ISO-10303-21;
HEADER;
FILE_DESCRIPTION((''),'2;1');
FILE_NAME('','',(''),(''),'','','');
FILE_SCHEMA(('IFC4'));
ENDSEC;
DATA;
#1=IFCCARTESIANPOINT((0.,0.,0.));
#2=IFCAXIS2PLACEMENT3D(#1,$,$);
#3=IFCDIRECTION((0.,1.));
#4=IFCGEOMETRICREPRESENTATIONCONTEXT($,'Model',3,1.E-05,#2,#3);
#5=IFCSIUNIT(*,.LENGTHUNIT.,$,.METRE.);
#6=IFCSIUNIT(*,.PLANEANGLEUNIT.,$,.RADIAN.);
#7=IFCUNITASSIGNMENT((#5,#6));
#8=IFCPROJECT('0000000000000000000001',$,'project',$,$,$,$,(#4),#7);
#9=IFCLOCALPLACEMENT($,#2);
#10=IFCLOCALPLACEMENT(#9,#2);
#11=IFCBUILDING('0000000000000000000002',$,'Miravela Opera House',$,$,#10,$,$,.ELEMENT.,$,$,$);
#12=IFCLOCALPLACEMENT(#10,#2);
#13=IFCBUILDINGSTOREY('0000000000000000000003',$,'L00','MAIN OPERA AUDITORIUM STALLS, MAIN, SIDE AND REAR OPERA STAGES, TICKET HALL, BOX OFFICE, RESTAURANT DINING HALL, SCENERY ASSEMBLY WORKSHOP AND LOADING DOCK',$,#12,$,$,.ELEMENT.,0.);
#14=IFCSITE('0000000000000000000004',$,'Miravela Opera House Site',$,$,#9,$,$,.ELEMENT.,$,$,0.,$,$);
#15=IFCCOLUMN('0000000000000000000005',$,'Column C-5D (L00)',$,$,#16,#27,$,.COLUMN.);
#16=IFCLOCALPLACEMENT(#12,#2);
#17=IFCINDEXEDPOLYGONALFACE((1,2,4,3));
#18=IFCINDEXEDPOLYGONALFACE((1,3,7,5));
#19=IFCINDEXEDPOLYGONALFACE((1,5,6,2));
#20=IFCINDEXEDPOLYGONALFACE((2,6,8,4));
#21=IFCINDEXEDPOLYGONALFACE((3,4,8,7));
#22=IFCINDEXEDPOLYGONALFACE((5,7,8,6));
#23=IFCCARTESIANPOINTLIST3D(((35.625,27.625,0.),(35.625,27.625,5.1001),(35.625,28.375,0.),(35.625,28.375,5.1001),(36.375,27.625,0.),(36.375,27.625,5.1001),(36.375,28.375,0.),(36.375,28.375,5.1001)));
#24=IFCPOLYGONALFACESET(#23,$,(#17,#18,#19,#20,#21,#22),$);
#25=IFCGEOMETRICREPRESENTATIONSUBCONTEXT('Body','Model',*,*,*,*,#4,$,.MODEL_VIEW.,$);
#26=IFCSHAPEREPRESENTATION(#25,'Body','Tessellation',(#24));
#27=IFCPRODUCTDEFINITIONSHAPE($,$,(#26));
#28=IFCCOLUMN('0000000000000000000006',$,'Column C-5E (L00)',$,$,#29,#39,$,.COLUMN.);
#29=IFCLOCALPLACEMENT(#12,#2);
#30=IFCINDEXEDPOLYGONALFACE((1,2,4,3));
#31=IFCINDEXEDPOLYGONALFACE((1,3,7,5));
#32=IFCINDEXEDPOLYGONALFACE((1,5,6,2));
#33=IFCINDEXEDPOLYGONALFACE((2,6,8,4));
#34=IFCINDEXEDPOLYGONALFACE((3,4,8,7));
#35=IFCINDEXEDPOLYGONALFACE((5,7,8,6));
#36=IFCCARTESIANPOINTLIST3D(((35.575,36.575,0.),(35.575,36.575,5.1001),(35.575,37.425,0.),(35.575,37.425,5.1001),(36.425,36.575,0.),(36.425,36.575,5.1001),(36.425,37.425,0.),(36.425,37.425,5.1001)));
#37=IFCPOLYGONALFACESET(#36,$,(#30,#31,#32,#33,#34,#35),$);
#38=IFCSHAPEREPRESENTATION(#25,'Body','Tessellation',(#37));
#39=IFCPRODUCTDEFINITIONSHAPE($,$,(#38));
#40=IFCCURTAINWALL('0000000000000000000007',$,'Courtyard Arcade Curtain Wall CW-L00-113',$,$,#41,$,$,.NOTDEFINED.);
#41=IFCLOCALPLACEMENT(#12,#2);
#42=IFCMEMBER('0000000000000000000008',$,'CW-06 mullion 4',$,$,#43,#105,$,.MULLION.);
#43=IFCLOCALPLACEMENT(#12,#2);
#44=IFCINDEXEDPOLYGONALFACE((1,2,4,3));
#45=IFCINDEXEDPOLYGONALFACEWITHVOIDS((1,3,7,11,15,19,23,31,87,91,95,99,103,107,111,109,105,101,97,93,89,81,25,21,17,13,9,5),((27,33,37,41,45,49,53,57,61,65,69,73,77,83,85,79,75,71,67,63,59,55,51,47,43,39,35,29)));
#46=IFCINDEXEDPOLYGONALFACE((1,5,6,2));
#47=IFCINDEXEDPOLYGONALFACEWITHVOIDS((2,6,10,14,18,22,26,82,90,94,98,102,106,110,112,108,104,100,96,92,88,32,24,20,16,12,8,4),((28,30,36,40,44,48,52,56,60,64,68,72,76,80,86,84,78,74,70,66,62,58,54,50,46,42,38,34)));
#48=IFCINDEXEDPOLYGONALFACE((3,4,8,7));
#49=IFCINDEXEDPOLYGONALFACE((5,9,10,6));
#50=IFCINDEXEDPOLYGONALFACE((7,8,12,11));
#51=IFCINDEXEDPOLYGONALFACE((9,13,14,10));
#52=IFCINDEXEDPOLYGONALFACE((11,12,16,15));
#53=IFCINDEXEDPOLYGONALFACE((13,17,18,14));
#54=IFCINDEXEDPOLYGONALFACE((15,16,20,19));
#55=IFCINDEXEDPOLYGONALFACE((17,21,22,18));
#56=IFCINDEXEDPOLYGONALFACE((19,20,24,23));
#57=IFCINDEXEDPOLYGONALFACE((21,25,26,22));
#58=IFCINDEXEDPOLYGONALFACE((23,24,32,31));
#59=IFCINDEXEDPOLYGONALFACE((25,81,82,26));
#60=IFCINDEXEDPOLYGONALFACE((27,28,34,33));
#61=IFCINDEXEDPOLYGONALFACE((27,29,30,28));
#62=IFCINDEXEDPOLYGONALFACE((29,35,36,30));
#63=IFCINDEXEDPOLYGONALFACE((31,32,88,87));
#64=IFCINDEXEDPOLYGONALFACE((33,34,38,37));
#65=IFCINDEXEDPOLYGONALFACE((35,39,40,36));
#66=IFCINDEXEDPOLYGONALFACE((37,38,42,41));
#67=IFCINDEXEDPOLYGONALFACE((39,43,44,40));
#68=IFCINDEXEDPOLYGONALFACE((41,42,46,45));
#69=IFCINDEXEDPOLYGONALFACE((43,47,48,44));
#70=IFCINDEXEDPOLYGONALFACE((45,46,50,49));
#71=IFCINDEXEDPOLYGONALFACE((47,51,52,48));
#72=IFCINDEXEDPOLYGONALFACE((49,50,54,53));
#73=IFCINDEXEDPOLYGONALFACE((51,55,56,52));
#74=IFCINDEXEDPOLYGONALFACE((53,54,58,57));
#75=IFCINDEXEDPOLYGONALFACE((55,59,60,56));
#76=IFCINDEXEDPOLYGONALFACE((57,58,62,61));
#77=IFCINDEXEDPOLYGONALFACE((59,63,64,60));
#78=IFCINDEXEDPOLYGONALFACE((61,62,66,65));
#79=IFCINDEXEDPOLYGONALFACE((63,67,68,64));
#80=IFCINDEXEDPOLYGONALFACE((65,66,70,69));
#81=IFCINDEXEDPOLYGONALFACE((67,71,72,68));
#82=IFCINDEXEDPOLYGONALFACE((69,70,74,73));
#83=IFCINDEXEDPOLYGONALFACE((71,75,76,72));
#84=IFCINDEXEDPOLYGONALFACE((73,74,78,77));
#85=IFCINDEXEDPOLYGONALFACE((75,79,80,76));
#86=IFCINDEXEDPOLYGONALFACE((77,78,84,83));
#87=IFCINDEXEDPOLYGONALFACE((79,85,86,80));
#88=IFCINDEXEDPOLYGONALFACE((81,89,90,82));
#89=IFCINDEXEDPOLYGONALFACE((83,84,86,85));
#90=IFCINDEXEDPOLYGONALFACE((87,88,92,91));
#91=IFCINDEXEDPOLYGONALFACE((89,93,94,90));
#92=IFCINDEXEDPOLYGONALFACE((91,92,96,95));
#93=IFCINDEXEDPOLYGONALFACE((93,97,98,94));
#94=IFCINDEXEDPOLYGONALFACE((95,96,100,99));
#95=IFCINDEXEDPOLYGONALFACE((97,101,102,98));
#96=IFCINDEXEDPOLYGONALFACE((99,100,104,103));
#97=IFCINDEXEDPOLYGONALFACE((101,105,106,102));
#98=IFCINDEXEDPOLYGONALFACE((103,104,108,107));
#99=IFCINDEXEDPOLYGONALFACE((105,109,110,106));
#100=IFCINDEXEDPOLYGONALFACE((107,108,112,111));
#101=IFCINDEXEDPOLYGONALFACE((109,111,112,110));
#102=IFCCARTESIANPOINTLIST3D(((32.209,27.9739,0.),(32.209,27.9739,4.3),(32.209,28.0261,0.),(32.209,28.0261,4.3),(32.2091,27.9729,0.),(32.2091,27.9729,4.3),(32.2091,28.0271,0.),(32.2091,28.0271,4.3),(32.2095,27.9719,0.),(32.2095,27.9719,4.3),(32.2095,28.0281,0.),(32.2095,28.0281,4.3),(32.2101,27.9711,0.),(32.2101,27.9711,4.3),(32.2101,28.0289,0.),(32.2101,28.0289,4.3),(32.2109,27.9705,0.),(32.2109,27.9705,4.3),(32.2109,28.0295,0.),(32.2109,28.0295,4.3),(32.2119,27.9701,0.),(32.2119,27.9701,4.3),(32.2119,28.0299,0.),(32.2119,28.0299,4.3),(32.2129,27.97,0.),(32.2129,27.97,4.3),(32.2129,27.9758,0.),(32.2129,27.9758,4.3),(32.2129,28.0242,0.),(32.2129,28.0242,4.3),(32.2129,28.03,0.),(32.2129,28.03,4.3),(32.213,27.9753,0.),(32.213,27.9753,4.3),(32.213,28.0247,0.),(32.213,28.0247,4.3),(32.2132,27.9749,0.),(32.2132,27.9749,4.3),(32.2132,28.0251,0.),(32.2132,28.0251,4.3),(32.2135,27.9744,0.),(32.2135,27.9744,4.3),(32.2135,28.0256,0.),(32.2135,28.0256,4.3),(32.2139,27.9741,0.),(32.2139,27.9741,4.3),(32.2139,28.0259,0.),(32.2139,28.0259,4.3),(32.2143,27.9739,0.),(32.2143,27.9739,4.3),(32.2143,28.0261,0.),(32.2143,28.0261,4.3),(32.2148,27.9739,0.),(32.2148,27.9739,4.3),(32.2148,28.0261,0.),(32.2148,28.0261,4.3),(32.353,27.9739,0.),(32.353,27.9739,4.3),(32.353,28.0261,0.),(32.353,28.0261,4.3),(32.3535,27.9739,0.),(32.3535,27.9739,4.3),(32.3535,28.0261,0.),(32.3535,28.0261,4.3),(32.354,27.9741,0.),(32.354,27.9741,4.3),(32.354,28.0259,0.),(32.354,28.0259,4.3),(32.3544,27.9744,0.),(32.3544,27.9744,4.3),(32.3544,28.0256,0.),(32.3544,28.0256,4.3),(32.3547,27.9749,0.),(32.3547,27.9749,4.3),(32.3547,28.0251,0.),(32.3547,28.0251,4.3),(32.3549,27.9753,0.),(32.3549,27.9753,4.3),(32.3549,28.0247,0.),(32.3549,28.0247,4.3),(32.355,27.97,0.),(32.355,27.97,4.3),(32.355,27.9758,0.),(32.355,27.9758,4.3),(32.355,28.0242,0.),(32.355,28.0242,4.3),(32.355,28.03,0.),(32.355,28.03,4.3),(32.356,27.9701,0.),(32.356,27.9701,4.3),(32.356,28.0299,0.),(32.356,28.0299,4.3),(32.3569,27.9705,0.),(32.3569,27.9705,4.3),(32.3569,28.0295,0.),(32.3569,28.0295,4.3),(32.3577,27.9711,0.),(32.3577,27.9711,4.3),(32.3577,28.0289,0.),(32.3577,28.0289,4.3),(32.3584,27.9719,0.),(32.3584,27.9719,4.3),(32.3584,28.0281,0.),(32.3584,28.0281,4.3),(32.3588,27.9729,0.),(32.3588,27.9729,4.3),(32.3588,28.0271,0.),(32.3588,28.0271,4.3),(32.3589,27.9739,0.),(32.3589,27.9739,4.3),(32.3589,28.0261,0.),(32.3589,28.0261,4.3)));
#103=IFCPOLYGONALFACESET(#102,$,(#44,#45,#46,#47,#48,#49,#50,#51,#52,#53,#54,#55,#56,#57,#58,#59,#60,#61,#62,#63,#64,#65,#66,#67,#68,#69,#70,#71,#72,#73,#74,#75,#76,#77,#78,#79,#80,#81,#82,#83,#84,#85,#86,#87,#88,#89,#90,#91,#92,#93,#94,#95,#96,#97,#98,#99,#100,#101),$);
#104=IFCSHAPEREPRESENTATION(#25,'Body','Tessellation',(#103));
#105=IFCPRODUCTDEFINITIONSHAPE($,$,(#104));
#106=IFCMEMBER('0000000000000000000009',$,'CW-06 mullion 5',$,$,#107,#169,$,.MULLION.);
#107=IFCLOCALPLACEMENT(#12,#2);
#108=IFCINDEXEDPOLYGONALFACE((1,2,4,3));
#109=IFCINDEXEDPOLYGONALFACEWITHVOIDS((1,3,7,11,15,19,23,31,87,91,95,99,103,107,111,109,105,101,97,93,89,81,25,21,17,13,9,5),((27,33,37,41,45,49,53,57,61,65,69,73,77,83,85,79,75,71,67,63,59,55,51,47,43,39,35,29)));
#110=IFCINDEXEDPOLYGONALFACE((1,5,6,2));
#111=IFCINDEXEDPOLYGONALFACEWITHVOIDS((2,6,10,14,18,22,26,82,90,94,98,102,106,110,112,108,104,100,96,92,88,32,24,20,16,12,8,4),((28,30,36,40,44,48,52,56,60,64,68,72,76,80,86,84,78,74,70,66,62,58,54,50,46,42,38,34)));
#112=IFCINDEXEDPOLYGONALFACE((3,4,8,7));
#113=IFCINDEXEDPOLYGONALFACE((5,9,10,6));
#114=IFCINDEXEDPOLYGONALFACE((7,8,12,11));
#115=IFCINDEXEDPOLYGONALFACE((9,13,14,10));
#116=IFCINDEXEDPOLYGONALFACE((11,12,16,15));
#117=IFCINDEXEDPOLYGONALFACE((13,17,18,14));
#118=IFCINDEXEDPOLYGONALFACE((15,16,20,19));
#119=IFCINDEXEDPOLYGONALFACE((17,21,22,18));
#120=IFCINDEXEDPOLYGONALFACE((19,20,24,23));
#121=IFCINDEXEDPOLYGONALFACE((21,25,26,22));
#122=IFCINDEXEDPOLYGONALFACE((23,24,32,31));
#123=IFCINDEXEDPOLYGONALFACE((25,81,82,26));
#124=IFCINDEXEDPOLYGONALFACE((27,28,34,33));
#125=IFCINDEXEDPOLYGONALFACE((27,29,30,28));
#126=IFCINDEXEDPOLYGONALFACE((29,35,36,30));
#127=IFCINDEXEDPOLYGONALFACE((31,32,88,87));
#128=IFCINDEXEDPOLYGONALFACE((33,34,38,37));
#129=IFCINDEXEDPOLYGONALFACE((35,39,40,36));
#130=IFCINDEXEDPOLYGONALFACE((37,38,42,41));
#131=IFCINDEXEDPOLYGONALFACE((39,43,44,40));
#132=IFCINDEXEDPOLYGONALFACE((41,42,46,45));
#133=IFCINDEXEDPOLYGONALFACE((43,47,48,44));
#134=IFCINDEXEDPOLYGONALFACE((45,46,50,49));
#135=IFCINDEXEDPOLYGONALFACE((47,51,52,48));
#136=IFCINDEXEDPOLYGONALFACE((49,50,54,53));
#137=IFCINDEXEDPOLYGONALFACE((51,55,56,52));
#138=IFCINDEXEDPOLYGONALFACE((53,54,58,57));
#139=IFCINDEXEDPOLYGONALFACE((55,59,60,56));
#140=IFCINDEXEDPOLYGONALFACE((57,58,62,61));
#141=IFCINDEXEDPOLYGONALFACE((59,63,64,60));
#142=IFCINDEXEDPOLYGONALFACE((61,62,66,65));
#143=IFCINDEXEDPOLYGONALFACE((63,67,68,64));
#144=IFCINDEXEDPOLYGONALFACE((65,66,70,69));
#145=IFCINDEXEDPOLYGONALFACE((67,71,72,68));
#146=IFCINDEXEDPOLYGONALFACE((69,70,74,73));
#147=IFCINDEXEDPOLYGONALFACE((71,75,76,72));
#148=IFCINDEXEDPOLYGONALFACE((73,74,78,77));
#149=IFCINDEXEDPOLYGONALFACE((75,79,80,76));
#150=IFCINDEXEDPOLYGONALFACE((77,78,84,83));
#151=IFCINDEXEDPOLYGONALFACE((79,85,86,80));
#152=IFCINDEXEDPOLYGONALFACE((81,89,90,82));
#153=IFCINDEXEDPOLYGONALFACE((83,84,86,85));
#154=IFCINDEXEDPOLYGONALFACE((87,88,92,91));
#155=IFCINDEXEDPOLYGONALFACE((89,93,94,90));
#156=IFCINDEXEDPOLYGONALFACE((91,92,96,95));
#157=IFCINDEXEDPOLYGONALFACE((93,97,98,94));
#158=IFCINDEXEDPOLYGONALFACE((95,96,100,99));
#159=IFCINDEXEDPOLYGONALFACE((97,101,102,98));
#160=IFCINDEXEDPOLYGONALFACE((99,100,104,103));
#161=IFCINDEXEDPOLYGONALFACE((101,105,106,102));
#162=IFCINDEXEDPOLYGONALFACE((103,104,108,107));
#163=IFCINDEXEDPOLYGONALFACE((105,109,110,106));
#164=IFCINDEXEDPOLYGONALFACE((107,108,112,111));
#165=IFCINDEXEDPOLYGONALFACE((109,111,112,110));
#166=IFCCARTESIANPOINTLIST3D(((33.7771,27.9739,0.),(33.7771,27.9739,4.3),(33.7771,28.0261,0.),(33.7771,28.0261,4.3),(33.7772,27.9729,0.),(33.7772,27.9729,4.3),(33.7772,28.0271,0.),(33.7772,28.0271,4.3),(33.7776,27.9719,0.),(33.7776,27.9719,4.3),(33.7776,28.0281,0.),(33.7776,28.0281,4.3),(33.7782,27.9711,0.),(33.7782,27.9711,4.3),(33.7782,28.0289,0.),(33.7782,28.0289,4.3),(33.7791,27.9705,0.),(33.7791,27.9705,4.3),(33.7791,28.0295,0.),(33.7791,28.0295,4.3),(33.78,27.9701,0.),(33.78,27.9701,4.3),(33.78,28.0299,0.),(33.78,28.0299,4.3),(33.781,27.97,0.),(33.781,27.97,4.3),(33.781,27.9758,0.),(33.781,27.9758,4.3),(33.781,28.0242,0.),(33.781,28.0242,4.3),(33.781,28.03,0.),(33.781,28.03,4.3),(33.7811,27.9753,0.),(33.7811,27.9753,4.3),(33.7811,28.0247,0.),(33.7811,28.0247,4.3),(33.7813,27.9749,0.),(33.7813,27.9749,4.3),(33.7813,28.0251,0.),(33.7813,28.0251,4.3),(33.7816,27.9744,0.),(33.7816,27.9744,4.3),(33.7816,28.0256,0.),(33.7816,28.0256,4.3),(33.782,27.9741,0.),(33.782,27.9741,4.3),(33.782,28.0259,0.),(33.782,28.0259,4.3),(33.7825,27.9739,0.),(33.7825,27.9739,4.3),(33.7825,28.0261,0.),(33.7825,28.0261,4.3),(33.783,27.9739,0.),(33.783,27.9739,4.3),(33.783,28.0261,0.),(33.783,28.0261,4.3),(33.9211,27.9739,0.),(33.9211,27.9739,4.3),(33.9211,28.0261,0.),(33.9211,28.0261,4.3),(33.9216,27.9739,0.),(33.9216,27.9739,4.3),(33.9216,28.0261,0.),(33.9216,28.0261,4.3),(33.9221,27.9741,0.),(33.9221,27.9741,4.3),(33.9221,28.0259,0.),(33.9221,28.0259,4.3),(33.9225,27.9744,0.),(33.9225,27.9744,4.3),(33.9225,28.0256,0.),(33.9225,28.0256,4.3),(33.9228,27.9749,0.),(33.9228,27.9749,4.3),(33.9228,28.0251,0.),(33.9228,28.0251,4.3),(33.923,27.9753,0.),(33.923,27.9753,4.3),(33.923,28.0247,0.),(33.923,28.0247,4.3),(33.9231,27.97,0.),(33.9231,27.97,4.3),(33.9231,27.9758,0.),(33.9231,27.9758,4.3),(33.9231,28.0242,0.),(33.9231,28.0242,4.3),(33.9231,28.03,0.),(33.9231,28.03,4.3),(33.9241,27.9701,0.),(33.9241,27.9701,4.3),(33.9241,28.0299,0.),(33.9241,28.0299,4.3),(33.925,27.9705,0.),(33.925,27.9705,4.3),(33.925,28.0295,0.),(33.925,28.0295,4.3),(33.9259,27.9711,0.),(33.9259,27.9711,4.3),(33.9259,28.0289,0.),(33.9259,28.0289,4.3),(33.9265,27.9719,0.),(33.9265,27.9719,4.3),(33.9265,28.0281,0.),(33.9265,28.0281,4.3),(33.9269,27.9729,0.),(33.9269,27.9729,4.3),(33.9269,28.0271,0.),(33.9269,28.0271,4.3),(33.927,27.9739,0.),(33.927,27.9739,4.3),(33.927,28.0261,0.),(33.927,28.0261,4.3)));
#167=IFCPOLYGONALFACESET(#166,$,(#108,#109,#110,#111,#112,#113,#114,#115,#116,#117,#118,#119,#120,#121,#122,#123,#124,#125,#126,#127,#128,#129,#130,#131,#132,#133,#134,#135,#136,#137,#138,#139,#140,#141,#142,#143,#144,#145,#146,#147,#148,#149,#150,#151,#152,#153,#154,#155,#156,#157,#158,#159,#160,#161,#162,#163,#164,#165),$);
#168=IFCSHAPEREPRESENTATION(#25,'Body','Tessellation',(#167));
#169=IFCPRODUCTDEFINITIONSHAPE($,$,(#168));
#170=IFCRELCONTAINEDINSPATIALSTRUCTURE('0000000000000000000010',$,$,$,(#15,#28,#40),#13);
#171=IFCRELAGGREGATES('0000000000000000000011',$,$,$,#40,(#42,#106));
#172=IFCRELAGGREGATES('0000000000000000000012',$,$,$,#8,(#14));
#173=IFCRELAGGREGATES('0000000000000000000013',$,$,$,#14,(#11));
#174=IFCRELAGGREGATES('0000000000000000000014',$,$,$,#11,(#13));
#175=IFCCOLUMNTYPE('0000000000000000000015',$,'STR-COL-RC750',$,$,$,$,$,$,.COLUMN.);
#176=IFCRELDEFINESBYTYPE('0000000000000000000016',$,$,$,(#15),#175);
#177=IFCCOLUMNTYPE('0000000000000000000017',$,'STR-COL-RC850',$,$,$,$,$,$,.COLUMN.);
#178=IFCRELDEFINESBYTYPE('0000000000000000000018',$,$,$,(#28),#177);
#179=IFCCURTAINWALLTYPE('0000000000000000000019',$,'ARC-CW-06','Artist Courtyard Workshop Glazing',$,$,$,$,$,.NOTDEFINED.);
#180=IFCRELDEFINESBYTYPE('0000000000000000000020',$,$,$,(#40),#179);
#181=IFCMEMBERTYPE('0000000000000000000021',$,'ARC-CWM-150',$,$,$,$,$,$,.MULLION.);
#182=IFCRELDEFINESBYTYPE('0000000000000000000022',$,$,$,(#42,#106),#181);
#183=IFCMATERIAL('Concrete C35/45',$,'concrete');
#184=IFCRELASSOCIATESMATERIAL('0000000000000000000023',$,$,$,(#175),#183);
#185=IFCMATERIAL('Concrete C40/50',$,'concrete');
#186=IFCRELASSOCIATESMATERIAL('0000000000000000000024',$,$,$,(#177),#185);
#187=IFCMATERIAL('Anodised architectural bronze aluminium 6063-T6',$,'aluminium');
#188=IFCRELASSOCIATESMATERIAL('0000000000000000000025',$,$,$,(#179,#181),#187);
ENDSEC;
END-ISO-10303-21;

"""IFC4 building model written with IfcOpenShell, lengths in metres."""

from ifc_helpers import new_model, si_unit, direction, frame, origin, origin_2d, place, context, subcontext, project, spatial, rectangle, hollow_rectangle, extrude, material, material_profile, profile_set, type_object, element, aggregate, save


model = new_model("IFC4")

# Units and contexts
model_context = context("Model", 3, precision=1e-05, world=origin(), true_north=direction((0.0, 1.0)))
body_context = subcontext(model_context, "Body", "Model", "MODEL_VIEW")
ifc_project = project(units=[si_unit("LENGTHUNIT", "METRE"), si_unit("PLANEANGLEUNIT", "RADIAN")], contexts=[model_context])

# Site, building, storey
site_placement = place(None, origin())
site = spatial("IfcSite", under=ifc_project, at=site_placement, Name="Miravela Opera House Site", CompositionType="ELEMENT", RefElevation=0.0)
building_placement = place(site_placement, origin())
building = spatial("IfcBuilding", under=site, at=building_placement, Name="Miravela Opera House", CompositionType="ELEMENT")
storey_placement = place(building_placement, origin())
storey = spatial("IfcBuildingStorey", under=building, at=storey_placement, Name="L00", Description="MAIN OPERA AUDITORIUM STALLS, MAIN, SIDE AND REAR OPERA STAGES, TICKET HALL, BOX OFFICE, RESTAURANT DINING HALL, SCENERY ASSEMBLY WORKSHOP AND LOADING DOCK", CompositionType="ELEMENT", Elevation=0.0)

# Columns
ifc_material_1 = material(Name="Concrete C35/45", Category="concrete")
ifc_material_profile_1 = material_profile(ifc_material_1, rectangle(XDim=0.75, YDim=0.75, at=origin_2d()), Name="RC-COL-750X750")
ifc_profile_set_1 = profile_set([ifc_material_profile_1])
column_type_1 = type_object("IfcColumnType", Name="STR-COL-RC750", PredefinedType="COLUMN", material=ifc_profile_set_1)
column_1_placement = place(storey_placement, frame((36.0, 28.0, 0.0), z_axis=(0.0, 0.0, 1.0), x_axis=(1.0, 0.0, 0.0)))
element("IfcColumn", 1, at=column_1_placement, inside=storey, type_object=column_type_1, Name="Column C-5D (L00)", PredefinedType="COLUMN", context=body_context, shape_type="SweptSolid", body=[
    extrude(rectangle(XDim=0.75, YDim=0.75, at=origin_2d()), origin(), (0.0, 0.0, 1.0), 5.1001),
])
ifc_material_2 = material(Name="Concrete C40/50", Category="concrete")
ifc_material_profile_2 = material_profile(ifc_material_2, rectangle(XDim=0.8501, YDim=0.8501, at=origin_2d()), Name="RC-COL-850X850")
ifc_profile_set_2 = profile_set([ifc_material_profile_2])
column_type_2 = type_object("IfcColumnType", Name="STR-COL-RC850", PredefinedType="COLUMN", material=ifc_profile_set_2)
column_2_placement = place(storey_placement, frame((36.0, 37.0, 0.0), z_axis=(0.0, 0.0, 1.0), x_axis=(1.0, 0.0, 0.0)))
element("IfcColumn", 2, at=column_2_placement, inside=storey, type_object=column_type_2, Name="Column C-5E (L00)", PredefinedType="COLUMN", context=body_context, shape_type="SweptSolid", body=[
    extrude(rectangle(XDim=0.8501, YDim=0.8501, at=origin_2d()), origin(), (0.0, 0.0, 1.0), 5.1001),
])

# Curtain wall, members
ifc_material_3 = material(Name="Anodised architectural bronze aluminium 6063-T6", Category="aluminium")
curtain_wall_type = type_object("IfcCurtainWallType", Name="ARC-CW-06", Description="Artist Courtyard Workshop Glazing", PredefinedType="NOTDEFINED", material=ifc_material_3)
curtain_wall_placement = place(storey_placement, origin())
curtain_wall = element("IfcCurtainWall", 3, at=curtain_wall_placement, inside=storey, type_object=curtain_wall_type, Name="Courtyard Arcade Curtain Wall CW-L00-113", PredefinedType="NOTDEFINED")
ifc_material_profile_3 = material_profile(ifc_material_3, hollow_rectangle(XDim=0.0601, YDim=0.1499, WallThickness=0.0039, InnerFilletRadius=0.002, OuterFilletRadius=0.0039, at=origin_2d()), Name="CWM-60X150")
ifc_profile_set_3 = profile_set([ifc_material_profile_3])
member_type_1 = type_object("IfcMemberType", Name="ARC-CWM-150", PredefinedType="MULLION", material=ifc_profile_set_3)
member_1_placement = place(storey_placement, frame((32.2839, 28.0, 0.0), z_axis=(0.0, 0.0, 1.0), x_axis=(0.0, 1.0, 0.0)))
member_1 = element("IfcMember", 4, at=member_1_placement, type_object=member_type_1, Name="CW-06 mullion 4", PredefinedType="MULLION", context=body_context, shape_type="SweptSolid", body=[
    extrude(hollow_rectangle(XDim=0.0601, YDim=0.1499, WallThickness=0.0039, InnerFilletRadius=0.002, OuterFilletRadius=0.0039, at=origin_2d()), origin(), (0.0, 0.0, 1.0), 4.3),
])
member_2_placement = place(storey_placement, frame((33.8521, 28.0, 0.0), z_axis=(0.0, 0.0, 1.0), x_axis=(0.0, 1.0, 0.0)))
member_2 = element("IfcMember", 5, at=member_2_placement, type_object=member_type_1, Name="CW-06 mullion 5", PredefinedType="MULLION", context=body_context, shape_type="SweptSolid", body=[
    extrude(hollow_rectangle(XDim=0.0601, YDim=0.1499, WallThickness=0.0039, InnerFilletRadius=0.002, OuterFilletRadius=0.0039, at=origin_2d()), origin(), (0.0, 0.0, 1.0), 4.3),
])

aggregate(curtain_wall, [member_1, member_2])

save(model, "model.ifc")
